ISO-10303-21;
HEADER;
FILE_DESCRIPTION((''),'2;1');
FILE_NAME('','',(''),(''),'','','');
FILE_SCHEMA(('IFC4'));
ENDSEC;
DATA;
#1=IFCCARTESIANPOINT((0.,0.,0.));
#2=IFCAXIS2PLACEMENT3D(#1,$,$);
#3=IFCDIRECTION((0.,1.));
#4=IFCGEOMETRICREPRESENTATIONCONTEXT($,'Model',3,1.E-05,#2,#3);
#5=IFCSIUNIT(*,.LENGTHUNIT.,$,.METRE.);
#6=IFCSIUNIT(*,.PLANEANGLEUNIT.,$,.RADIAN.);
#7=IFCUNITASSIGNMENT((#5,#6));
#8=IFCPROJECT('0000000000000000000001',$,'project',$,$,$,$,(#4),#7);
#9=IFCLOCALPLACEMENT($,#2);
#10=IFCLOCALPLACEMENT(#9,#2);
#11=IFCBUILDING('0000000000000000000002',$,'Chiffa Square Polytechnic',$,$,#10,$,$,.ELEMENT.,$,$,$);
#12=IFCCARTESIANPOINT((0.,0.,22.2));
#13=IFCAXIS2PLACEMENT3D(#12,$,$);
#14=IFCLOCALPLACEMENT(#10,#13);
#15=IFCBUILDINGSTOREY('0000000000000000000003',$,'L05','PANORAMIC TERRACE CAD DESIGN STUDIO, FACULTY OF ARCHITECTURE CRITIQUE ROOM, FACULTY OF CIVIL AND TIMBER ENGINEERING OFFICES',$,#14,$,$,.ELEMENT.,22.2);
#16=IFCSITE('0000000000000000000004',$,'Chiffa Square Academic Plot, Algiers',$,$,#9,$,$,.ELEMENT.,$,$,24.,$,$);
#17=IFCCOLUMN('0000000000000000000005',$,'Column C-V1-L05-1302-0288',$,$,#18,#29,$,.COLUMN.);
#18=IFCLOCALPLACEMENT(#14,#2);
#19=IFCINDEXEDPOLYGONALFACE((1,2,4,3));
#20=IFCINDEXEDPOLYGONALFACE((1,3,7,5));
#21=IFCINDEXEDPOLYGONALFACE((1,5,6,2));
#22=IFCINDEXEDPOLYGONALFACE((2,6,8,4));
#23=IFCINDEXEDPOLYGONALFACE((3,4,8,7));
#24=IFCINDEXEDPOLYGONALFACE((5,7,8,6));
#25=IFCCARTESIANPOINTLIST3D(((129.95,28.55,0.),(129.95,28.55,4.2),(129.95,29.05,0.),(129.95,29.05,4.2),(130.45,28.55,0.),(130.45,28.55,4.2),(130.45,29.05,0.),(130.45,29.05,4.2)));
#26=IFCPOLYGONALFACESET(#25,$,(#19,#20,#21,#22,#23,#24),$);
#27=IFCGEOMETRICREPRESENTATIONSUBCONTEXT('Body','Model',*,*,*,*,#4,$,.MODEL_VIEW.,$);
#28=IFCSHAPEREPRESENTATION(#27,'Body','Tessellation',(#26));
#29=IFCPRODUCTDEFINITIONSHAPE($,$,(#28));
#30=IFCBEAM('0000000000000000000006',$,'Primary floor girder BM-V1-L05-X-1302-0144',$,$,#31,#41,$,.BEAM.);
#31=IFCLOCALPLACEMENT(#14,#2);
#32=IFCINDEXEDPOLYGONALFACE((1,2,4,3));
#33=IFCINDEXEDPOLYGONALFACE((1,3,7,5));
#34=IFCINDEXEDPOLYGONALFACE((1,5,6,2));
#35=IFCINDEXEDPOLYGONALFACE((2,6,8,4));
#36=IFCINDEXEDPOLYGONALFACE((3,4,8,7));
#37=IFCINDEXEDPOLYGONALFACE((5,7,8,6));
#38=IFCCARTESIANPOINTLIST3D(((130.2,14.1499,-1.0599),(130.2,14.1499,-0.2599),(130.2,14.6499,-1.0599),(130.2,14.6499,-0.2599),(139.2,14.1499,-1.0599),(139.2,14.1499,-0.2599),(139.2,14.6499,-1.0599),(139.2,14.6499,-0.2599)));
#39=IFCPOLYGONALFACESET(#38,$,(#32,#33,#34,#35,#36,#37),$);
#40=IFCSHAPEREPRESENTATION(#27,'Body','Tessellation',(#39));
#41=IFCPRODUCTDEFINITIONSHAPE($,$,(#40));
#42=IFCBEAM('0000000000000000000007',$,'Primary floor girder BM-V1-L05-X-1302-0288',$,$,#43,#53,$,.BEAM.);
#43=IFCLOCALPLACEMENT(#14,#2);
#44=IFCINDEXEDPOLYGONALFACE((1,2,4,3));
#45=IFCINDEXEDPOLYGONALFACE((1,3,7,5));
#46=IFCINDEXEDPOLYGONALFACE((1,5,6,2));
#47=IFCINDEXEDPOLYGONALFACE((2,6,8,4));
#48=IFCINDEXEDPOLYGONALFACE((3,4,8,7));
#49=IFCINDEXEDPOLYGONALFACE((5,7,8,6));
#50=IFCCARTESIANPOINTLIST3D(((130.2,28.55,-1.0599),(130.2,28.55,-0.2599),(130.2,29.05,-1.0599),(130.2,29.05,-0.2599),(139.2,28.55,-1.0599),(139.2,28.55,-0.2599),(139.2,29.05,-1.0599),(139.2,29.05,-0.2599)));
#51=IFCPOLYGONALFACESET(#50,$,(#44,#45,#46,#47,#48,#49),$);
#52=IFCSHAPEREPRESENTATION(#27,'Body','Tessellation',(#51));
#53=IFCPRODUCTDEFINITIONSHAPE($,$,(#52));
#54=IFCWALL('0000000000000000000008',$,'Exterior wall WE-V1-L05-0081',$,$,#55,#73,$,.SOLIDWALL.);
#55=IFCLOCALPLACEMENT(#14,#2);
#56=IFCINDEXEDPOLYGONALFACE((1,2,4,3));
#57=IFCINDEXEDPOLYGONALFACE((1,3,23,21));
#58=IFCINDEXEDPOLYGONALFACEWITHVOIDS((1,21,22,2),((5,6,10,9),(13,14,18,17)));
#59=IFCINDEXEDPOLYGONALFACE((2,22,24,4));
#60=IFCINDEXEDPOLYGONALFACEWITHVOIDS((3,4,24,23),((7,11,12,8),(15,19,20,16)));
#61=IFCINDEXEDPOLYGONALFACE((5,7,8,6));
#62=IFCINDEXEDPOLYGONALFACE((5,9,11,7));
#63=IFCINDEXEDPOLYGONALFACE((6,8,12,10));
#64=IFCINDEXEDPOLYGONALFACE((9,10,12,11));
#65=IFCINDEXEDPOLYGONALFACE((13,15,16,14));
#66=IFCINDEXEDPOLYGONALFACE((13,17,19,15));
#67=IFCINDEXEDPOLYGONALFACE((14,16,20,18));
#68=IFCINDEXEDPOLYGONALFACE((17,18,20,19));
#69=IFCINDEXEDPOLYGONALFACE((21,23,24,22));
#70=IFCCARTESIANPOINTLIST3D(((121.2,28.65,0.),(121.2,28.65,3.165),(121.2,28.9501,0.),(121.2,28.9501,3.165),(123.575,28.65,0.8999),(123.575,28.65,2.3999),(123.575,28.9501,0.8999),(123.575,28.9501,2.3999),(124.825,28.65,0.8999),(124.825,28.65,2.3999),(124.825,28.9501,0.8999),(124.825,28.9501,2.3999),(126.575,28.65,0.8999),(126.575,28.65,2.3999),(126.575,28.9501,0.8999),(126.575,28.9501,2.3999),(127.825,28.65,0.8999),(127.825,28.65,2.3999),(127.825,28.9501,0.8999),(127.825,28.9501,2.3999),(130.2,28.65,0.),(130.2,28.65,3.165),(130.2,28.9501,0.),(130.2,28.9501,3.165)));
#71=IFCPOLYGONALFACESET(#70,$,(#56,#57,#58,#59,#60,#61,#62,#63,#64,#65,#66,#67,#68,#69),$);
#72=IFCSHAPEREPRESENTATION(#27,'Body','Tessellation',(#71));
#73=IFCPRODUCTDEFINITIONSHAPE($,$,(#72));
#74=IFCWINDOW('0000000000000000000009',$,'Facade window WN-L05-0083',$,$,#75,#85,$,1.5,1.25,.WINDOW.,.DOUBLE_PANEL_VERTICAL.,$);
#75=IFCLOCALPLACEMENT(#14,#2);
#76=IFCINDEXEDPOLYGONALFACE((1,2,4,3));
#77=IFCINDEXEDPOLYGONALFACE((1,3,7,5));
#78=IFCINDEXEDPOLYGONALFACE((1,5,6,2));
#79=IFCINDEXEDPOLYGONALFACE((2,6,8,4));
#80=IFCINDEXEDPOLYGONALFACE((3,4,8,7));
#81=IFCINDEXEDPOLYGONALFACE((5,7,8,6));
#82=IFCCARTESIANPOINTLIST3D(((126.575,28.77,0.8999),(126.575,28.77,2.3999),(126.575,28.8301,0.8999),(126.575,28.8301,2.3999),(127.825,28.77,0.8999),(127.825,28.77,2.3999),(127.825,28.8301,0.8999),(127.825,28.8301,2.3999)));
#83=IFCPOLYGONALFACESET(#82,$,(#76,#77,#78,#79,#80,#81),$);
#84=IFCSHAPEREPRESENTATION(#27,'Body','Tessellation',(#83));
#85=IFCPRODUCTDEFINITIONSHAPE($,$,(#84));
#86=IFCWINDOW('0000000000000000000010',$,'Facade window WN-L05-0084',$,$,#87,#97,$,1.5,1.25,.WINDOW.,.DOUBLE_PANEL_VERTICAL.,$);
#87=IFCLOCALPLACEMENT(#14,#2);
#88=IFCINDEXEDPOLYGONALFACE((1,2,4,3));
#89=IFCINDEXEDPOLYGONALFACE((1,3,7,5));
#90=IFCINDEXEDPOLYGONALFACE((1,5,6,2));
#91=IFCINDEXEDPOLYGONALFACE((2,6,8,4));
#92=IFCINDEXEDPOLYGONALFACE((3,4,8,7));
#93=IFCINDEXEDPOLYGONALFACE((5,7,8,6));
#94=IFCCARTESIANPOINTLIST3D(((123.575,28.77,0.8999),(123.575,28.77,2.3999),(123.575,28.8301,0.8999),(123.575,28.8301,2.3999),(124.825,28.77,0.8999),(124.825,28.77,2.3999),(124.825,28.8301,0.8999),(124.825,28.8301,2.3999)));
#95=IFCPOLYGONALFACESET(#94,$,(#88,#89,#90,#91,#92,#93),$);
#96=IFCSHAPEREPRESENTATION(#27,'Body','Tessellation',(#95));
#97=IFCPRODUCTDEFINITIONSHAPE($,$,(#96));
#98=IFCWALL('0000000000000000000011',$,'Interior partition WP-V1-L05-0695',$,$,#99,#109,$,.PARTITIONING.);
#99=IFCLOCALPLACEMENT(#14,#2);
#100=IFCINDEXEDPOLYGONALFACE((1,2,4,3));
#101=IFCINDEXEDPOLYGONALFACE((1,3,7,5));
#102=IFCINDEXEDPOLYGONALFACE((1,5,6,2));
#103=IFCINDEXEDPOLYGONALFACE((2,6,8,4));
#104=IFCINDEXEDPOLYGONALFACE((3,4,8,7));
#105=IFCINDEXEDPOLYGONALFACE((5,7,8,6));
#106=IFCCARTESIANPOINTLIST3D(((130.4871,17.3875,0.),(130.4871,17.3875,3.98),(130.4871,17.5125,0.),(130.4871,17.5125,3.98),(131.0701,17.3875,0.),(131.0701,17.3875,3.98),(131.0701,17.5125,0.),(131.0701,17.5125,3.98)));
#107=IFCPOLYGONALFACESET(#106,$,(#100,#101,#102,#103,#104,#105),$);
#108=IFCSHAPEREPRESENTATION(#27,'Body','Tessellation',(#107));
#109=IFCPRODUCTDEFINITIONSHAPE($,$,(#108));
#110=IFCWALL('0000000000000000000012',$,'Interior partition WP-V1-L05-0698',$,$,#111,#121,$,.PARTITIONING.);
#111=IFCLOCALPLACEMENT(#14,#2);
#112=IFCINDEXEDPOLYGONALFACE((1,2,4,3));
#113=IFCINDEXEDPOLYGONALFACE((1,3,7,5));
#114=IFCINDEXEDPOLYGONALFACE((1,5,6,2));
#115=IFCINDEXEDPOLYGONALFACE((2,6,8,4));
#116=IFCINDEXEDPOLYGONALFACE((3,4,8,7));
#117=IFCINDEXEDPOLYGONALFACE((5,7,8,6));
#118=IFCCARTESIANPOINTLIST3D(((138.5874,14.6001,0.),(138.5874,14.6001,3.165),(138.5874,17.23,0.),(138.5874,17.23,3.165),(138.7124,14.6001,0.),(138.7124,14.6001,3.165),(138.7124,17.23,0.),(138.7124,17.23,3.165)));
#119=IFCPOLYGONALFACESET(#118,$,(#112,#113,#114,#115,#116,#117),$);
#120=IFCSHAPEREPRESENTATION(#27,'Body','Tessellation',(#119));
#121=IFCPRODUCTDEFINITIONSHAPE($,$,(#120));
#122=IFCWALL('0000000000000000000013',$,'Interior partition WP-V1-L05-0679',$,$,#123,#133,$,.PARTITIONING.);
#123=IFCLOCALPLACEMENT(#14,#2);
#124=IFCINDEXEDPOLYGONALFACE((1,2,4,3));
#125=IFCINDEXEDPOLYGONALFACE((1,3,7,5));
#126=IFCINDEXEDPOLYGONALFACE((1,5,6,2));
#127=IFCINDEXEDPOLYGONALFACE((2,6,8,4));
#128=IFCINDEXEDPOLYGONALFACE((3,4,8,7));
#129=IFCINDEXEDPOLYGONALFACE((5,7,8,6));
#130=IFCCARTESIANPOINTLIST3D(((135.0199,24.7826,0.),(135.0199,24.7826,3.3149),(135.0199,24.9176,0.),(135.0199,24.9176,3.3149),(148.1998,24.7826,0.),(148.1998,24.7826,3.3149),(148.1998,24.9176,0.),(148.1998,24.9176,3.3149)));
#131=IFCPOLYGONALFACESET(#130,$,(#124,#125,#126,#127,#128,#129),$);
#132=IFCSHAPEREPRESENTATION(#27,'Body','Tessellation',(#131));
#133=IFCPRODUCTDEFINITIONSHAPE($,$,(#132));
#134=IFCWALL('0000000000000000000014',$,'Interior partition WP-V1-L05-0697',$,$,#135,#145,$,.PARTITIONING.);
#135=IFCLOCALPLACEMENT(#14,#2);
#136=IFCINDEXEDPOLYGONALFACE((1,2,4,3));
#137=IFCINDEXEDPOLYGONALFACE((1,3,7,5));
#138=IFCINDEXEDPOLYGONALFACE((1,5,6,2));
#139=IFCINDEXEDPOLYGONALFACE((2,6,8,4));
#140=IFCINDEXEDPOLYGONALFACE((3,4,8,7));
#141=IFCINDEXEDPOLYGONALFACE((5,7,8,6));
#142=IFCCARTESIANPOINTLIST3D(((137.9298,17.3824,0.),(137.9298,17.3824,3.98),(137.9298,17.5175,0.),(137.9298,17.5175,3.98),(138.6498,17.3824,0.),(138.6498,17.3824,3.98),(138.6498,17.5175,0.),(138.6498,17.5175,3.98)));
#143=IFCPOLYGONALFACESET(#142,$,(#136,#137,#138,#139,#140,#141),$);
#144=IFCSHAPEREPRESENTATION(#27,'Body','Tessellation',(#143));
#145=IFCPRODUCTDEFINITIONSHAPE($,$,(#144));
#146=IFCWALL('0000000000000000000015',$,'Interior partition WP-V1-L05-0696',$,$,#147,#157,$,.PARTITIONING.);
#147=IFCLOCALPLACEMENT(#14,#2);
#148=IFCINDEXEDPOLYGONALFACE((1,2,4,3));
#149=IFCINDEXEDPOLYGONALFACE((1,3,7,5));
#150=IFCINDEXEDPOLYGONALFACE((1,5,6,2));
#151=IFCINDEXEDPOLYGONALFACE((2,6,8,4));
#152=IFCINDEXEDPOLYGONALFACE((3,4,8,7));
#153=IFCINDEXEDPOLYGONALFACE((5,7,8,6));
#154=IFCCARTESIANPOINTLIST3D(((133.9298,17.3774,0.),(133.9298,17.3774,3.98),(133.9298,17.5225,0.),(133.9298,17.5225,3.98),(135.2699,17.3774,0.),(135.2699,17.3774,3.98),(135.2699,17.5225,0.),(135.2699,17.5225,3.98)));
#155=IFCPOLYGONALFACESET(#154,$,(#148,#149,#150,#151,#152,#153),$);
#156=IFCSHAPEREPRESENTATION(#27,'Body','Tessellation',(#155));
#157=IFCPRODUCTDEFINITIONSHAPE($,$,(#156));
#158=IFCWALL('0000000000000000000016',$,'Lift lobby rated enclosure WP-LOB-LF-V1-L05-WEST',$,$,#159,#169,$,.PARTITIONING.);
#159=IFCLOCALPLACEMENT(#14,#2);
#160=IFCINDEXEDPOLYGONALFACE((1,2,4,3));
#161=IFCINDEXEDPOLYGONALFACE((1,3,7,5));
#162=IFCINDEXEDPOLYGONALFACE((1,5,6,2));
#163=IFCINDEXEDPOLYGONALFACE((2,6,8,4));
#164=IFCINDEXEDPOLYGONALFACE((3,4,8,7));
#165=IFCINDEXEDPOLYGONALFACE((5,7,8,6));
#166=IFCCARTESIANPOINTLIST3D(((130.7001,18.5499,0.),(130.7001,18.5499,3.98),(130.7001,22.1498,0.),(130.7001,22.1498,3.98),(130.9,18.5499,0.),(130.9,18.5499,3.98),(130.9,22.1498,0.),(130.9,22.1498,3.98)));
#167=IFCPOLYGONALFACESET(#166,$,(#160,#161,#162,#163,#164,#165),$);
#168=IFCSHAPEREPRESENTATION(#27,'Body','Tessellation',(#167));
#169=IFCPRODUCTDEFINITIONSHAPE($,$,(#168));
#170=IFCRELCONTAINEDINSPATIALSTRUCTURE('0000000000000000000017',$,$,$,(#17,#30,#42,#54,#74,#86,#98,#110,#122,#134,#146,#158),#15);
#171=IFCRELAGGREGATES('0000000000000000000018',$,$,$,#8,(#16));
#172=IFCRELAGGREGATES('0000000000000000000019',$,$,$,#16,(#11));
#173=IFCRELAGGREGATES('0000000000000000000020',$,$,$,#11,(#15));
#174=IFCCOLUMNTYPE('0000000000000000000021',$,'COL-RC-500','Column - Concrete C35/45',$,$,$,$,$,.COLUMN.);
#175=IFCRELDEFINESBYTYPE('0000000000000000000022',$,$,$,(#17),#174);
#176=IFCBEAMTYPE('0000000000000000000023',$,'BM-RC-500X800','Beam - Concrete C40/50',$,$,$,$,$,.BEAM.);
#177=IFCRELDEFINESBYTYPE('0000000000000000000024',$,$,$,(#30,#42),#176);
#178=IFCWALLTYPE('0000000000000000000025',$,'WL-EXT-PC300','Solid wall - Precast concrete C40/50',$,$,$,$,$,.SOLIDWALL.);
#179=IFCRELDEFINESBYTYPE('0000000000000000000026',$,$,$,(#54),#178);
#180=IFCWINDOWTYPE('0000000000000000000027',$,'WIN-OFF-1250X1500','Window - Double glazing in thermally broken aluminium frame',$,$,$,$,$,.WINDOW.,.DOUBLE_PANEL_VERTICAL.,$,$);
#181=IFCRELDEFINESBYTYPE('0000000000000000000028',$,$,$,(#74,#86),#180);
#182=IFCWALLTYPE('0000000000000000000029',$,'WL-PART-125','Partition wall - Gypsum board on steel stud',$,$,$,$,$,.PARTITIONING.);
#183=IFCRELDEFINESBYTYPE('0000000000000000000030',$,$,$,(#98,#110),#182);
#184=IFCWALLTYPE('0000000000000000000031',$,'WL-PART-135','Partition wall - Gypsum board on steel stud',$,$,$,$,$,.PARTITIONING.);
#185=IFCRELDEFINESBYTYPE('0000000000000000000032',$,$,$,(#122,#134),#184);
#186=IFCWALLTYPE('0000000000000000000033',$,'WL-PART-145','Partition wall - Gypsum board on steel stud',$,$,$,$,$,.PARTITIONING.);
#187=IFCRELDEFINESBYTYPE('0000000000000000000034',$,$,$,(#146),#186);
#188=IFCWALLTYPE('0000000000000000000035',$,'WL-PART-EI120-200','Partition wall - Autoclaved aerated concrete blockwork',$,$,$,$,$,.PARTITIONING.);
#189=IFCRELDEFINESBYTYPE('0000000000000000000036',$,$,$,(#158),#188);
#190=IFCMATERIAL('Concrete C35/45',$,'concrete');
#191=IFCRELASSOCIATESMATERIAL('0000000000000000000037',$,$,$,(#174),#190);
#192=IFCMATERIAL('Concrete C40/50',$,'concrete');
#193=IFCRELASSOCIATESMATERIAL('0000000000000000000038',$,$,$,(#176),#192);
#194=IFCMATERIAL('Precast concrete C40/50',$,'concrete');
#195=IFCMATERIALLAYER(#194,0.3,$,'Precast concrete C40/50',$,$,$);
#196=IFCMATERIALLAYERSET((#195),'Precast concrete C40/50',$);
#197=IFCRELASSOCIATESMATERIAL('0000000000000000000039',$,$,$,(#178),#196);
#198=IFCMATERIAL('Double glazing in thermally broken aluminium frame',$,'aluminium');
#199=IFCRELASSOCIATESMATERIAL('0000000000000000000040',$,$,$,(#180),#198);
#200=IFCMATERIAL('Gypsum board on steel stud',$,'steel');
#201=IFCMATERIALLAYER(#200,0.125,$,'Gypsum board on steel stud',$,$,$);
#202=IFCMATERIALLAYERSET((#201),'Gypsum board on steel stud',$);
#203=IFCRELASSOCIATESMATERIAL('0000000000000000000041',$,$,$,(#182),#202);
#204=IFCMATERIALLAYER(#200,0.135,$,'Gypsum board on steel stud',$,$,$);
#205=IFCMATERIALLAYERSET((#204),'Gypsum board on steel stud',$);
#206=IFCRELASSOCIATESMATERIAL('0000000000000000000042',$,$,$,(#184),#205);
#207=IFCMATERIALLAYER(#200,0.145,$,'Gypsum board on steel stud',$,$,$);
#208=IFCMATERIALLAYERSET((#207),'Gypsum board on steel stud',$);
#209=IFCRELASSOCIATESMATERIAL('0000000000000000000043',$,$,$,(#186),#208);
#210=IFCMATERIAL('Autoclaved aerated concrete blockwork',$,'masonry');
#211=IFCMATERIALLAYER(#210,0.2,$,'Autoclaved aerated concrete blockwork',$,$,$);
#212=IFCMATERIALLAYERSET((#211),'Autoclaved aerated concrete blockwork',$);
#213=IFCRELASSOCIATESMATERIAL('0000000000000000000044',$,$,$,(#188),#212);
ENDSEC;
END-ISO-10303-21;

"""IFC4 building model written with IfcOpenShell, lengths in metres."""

from ifc_helpers import new_model, si_unit, direction, frame, frame_2d, origin, origin_2d, place, context, subcontext, project, spatial, rectangle, extrude, material, layer, layer_set, material_profile, profile_set, type_object, element, fill, save


model = new_model("IFC4")

# Units and contexts
model_context = context("Model", 3, precision=1e-05, world=origin(), true_north=direction((0.0, 1.0)))
body_context = subcontext(model_context, "Body", "Model", "MODEL_VIEW")
ifc_project = project(units=[si_unit("LENGTHUNIT", "METRE"), si_unit("PLANEANGLEUNIT", "RADIAN")], contexts=[model_context])

# Site, building, storey
site_placement = place(None, origin())
site = spatial("IfcSite", under=ifc_project, at=site_placement, Name="Chiffa Square Academic Plot, Algiers", CompositionType="ELEMENT", RefElevation=24.0)
building_placement = place(site_placement, origin())
building = spatial("IfcBuilding", under=site, at=building_placement, Name="Chiffa Square Polytechnic", CompositionType="ELEMENT")
storey_placement = place(building_placement, frame((0.0, 0.0, 22.2)))
storey = spatial("IfcBuildingStorey", under=building, at=storey_placement, Name="L05", Description="PANORAMIC TERRACE CAD DESIGN STUDIO, FACULTY OF ARCHITECTURE CRITIQUE ROOM, FACULTY OF CIVIL AND TIMBER ENGINEERING OFFICES", CompositionType="ELEMENT", Elevation=22.2)

# Column
ifc_material_1 = material(Name="Concrete C35/45", Category="concrete")
ifc_material_profile_1 = material_profile(ifc_material_1, rectangle(XDim=0.5, YDim=0.5, at=origin_2d()), Name="RC 500x500")
ifc_profile_set_1 = profile_set([ifc_material_profile_1], Name="Concrete C35/45")
column_type = type_object("IfcColumnType", Name="COL-RC-500", Description="Column - Concrete C35/45", PredefinedType="COLUMN", material=ifc_profile_set_1)
column_placement = place(storey_placement, frame((130.2, 28.8, 0.0), z_axis=(0.0, 0.0, 1.0), x_axis=(1.0, 0.0, 0.0)))
element("IfcColumn", 1, at=column_placement, inside=storey, type_object=column_type, Name="Column C-V1-L05-1302-0288", PredefinedType="COLUMN", context=body_context, shape_type="SweptSolid", body=[
    extrude(rectangle(XDim=0.5, YDim=0.5, at=origin_2d()), origin(), (0.0, 0.0, 1.0), 4.2),
])

# Beams
ifc_material_2 = material(Name="Concrete C40/50", Category="concrete")
ifc_material_profile_2 = material_profile(ifc_material_2, rectangle(XDim=0.5, YDim=0.8, at=origin_2d()), Name="RC 500x800")
ifc_profile_set_2 = profile_set([ifc_material_profile_2], Name="Concrete C40/50")
beam_type = type_object("IfcBeamType", Name="BM-RC-500X800", Description="Beam - Concrete C40/50", PredefinedType="BEAM", material=ifc_profile_set_2)
for number, where, z_axis, x_axis, name in (
    (2, (130.2, 14.3999, -0.6599), (1.0, 0.0, 0.0), (0.0, 1.0, 0.0), "Primary floor girder BM-V1-L05-X-1302-0144"),
    (3, (130.2, 28.8, -0.6599), (1.0, 0.0, 0.0), (0.0, 1.0, 0.0), "Primary floor girder BM-V1-L05-X-1302-0288"),
):
    element("IfcBeam", number, at=place(storey_placement, frame(where, z_axis=z_axis, x_axis=x_axis)), inside=storey, type_object=beam_type, Name=name, PredefinedType="BEAM", context=body_context, shape_type="SweptSolid", body=[
        extrude(rectangle(XDim=0.5, YDim=0.8, at=origin_2d()), origin(), (0.0, 0.0, 1.0), 9.0),
    ])

# Wall, openings, windows
ifc_material_3 = material(Name="Precast concrete C40/50", Category="concrete")
ifc_layer_1 = layer(ifc_material_3, 0.3, Name="Precast concrete C40/50")
ifc_layer_set_1 = layer_set([ifc_layer_1], Name="Precast concrete C40/50")
wall_type_1 = type_object("IfcWallType", Name="WL-EXT-PC300", Description="Solid wall - Precast concrete C40/50", PredefinedType="SOLIDWALL", material=ifc_layer_set_1)
wall_1_placement = place(storey_placement, frame((130.2, 28.8, 0.0), z_axis=(0.0, 0.0, 1.0), x_axis=(-1.0, 0.0, 0.0)))
wall_1 = element("IfcWall", 4, at=wall_1_placement, inside=storey, type_object=wall_type_1, Name="Exterior wall WE-V1-L05-0081", PredefinedType="SOLIDWALL", context=body_context, shape_type="SweptSolid", body=[
    extrude(rectangle(XDim=9.0, YDim=0.3, at=frame_2d((4.5, 0.0))), origin(), (0.0, 0.0, 1.0), 3.165),
])
opening_1_placement = place(wall_1_placement, frame((2.375, 0.0, 0.8999)))
opening_1 = element("IfcOpeningElement", 5, at=opening_1_placement, cuts=wall_1, PredefinedType="OPENING", context=body_context, shape_type="SweptSolid", body=[
    extrude(rectangle(XDim=1.25, YDim=1.5, at=frame_2d((0.625, 0.75))), frame((0.0, 0.1602, 0.0), z_axis=(0.0, -1.0, 0.0), x_axis=(1.0, 0.0, 0.0)), (0.0, 0.0, 1.0), 0.3201),
])
opening_2_placement = place(wall_1_placement, frame((5.375, 0.0, 0.8999)))
opening_2 = element("IfcOpeningElement", 6, at=opening_2_placement, cuts=wall_1, PredefinedType="OPENING", context=body_context, shape_type="SweptSolid", body=[
    extrude(rectangle(XDim=1.25, YDim=1.5, at=frame_2d((0.625, 0.75))), frame((0.0, 0.1602, 0.0), z_axis=(0.0, -1.0, 0.0), x_axis=(1.0, 0.0, 0.0)), (0.0, 0.0, 1.0), 0.3201),
])
ifc_material_4 = material(Name="Double glazing in thermally broken aluminium frame", Category="aluminium")
window_type = type_object("IfcWindowType", Name="WIN-OFF-1250X1500", Description="Window - Double glazing in thermally broken aluminium frame", PartitioningType="DOUBLE_PANEL_VERTICAL", PredefinedType="WINDOW", material=ifc_material_4)
window_1_placement = place(opening_1_placement, origin())
window_1 = element("IfcWindow", 7, at=window_1_placement, inside=storey, type_object=window_type, Name="Facade window WN-L05-0083", OverallHeight=1.5, OverallWidth=1.25, PartitioningType="DOUBLE_PANEL_VERTICAL", PredefinedType="WINDOW", context=body_context, shape_type="SweptSolid", body=[
    extrude(rectangle(XDim=1.25, YDim=1.5, at=frame_2d((0.625, 0.75))), frame((0.0, 0.03, 0.0), z_axis=(0.0, -1.0, 0.0), x_axis=(1.0, 0.0, 0.0)), (0.0, 0.0, 1.0), 0.0601),
])
fill(opening_1, window_1)
window_2_placement = place(opening_2_placement, origin())
window_2 = element("IfcWindow", 8, at=window_2_placement, inside=storey, type_object=window_type, Name="Facade window WN-L05-0084", OverallHeight=1.5, OverallWidth=1.25, PartitioningType="DOUBLE_PANEL_VERTICAL", PredefinedType="WINDOW", context=body_context, shape_type="SweptSolid", body=[
    extrude(rectangle(XDim=1.25, YDim=1.5, at=frame_2d((0.625, 0.75))), frame((0.0, 0.03, 0.0), z_axis=(0.0, -1.0, 0.0), x_axis=(1.0, 0.0, 0.0)), (0.0, 0.0, 1.0), 0.0601),
])
fill(opening_2, window_2)

# Walls
ifc_material_5 = material(Name="Gypsum board on steel stud", Category="steel")
ifc_layer_2 = layer(ifc_material_5, 0.125, Name="Gypsum board on steel stud")
ifc_layer_set_2 = layer_set([ifc_layer_2], Name="Gypsum board on steel stud")
wall_type_2 = type_object("IfcWallType", Name="WL-PART-125", Description="Partition wall - Gypsum board on steel stud", PredefinedType="PARTITIONING", material=ifc_layer_set_2)
wall_2_placement = place(storey_placement, frame((130.4871, 17.45, 0.0), z_axis=(0.0, 0.0, 1.0), x_axis=(1.0, 0.0, 0.0)))
element("IfcWall", 9, at=wall_2_placement, inside=storey, type_object=wall_type_2, Name="Interior partition WP-V1-L05-0695", PredefinedType="PARTITIONING", context=body_context, shape_type="SweptSolid", body=[
    extrude(rectangle(XDim=0.583, YDim=0.125, at=frame_2d((0.2915, 0.0))), origin(), (0.0, 0.0, 1.0), 3.98),
])
wall_3_placement = place(storey_placement, frame((138.6499, 14.6001, 0.0), z_axis=(0.0, 0.0, 1.0), x_axis=(0.0, 1.0, 0.0)))
element("IfcWall", 10, at=wall_3_placement, inside=storey, type_object=wall_type_2, Name="Interior partition WP-V1-L05-0698", PredefinedType="PARTITIONING", context=body_context, shape_type="SweptSolid", body=[
    extrude(rectangle(XDim=2.6299, YDim=0.125, at=frame_2d((1.3149, 0.0))), origin(), (0.0, 0.0, 1.0), 3.165),
])
ifc_layer_3 = layer(ifc_material_5, 0.135, Name="Gypsum board on steel stud")
ifc_layer_set_3 = layer_set([ifc_layer_3], Name="Gypsum board on steel stud")
wall_type_3 = type_object("IfcWallType", Name="WL-PART-135", Description="Partition wall - Gypsum board on steel stud", PredefinedType="PARTITIONING", material=ifc_layer_set_3)
wall_4_placement = place(storey_placement, frame((135.02, 24.8501, 0.0), z_axis=(0.0, 0.0, 1.0), x_axis=(1.0, 0.0, 0.0)))
element("IfcWall", 11, at=wall_4_placement, inside=storey, type_object=wall_type_3, Name="Interior partition WP-V1-L05-0679", PredefinedType="PARTITIONING", context=body_context, shape_type="SweptSolid", body=[
    extrude(rectangle(XDim=13.1799, YDim=0.135, at=frame_2d((6.5898, 0.0))), origin(), (0.0, 0.0, 1.0), 3.3149),
])
wall_5_placement = place(storey_placement, frame((137.9299, 17.45, 0.0), z_axis=(0.0, 0.0, 1.0), x_axis=(1.0, 0.0, 0.0)))
element("IfcWall", 12, at=wall_5_placement, inside=storey, type_object=wall_type_3, Name="Interior partition WP-V1-L05-0697", PredefinedType="PARTITIONING", context=body_context, shape_type="SweptSolid", body=[
    extrude(rectangle(XDim=0.72, YDim=0.135, at=frame_2d((0.3599, 0.0))), origin(), (0.0, 0.0, 1.0), 3.98),
])

# Shared definitions
ifc_layer_4 = layer(ifc_material_5, 0.145, Name="Gypsum board on steel stud")
ifc_layer_set_4 = layer_set([ifc_layer_4], Name="Gypsum board on steel stud")
wall_type_4 = type_object("IfcWallType", Name="WL-PART-145", Description="Partition wall - Gypsum board on steel stud", PredefinedType="PARTITIONING", material=ifc_layer_set_4)

# Wall
wall_6_placement = place(storey_placement, frame((133.9299, 17.45, 0.0), z_axis=(0.0, 0.0, 1.0), x_axis=(1.0, 0.0, 0.0)))
element("IfcWall", 13, at=wall_6_placement, inside=storey, type_object=wall_type_4, Name="Interior partition WP-V1-L05-0696", PredefinedType="PARTITIONING", context=body_context, shape_type="SweptSolid", body=[
    extrude(rectangle(XDim=1.3401, YDim=0.145, at=frame_2d((0.6699, 0.0))), origin(), (0.0, 0.0, 1.0), 3.98),
])

# Shared definitions
ifc_material_6 = material(Name="Autoclaved aerated concrete blockwork", Category="masonry")
ifc_layer_5 = layer(ifc_material_6, 0.2, Name="Autoclaved aerated concrete blockwork")
ifc_layer_set_5 = layer_set([ifc_layer_5], Name="Autoclaved aerated concrete blockwork")
wall_type_5 = type_object("IfcWallType", Name="WL-PART-EI120-200", Description="Partition wall - Autoclaved aerated concrete blockwork", PredefinedType="PARTITIONING", material=ifc_layer_set_5)

# Wall
for number, where, z_axis, x_axis, name in (
    (14, (130.8, 18.55, 0.0), (0.0, 0.0, 1.0), (0.0, 1.0, 0.0), "Lift lobby rated enclosure WP-LOB-LF-V1-L05-WEST"),
):
    element("IfcWall", number, at=place(storey_placement, frame(where, z_axis=z_axis, x_axis=x_axis)), inside=storey, type_object=wall_type_5, Name=name, PredefinedType="PARTITIONING", context=body_context, shape_type="SweptSolid", body=[
        extrude(rectangle(XDim=3.5999, YDim=0.2, at=frame_2d((1.7998, 0.0))), origin(), (0.0, 0.0, 1.0), 3.98),
    ])

save(model, "model.ifc")
